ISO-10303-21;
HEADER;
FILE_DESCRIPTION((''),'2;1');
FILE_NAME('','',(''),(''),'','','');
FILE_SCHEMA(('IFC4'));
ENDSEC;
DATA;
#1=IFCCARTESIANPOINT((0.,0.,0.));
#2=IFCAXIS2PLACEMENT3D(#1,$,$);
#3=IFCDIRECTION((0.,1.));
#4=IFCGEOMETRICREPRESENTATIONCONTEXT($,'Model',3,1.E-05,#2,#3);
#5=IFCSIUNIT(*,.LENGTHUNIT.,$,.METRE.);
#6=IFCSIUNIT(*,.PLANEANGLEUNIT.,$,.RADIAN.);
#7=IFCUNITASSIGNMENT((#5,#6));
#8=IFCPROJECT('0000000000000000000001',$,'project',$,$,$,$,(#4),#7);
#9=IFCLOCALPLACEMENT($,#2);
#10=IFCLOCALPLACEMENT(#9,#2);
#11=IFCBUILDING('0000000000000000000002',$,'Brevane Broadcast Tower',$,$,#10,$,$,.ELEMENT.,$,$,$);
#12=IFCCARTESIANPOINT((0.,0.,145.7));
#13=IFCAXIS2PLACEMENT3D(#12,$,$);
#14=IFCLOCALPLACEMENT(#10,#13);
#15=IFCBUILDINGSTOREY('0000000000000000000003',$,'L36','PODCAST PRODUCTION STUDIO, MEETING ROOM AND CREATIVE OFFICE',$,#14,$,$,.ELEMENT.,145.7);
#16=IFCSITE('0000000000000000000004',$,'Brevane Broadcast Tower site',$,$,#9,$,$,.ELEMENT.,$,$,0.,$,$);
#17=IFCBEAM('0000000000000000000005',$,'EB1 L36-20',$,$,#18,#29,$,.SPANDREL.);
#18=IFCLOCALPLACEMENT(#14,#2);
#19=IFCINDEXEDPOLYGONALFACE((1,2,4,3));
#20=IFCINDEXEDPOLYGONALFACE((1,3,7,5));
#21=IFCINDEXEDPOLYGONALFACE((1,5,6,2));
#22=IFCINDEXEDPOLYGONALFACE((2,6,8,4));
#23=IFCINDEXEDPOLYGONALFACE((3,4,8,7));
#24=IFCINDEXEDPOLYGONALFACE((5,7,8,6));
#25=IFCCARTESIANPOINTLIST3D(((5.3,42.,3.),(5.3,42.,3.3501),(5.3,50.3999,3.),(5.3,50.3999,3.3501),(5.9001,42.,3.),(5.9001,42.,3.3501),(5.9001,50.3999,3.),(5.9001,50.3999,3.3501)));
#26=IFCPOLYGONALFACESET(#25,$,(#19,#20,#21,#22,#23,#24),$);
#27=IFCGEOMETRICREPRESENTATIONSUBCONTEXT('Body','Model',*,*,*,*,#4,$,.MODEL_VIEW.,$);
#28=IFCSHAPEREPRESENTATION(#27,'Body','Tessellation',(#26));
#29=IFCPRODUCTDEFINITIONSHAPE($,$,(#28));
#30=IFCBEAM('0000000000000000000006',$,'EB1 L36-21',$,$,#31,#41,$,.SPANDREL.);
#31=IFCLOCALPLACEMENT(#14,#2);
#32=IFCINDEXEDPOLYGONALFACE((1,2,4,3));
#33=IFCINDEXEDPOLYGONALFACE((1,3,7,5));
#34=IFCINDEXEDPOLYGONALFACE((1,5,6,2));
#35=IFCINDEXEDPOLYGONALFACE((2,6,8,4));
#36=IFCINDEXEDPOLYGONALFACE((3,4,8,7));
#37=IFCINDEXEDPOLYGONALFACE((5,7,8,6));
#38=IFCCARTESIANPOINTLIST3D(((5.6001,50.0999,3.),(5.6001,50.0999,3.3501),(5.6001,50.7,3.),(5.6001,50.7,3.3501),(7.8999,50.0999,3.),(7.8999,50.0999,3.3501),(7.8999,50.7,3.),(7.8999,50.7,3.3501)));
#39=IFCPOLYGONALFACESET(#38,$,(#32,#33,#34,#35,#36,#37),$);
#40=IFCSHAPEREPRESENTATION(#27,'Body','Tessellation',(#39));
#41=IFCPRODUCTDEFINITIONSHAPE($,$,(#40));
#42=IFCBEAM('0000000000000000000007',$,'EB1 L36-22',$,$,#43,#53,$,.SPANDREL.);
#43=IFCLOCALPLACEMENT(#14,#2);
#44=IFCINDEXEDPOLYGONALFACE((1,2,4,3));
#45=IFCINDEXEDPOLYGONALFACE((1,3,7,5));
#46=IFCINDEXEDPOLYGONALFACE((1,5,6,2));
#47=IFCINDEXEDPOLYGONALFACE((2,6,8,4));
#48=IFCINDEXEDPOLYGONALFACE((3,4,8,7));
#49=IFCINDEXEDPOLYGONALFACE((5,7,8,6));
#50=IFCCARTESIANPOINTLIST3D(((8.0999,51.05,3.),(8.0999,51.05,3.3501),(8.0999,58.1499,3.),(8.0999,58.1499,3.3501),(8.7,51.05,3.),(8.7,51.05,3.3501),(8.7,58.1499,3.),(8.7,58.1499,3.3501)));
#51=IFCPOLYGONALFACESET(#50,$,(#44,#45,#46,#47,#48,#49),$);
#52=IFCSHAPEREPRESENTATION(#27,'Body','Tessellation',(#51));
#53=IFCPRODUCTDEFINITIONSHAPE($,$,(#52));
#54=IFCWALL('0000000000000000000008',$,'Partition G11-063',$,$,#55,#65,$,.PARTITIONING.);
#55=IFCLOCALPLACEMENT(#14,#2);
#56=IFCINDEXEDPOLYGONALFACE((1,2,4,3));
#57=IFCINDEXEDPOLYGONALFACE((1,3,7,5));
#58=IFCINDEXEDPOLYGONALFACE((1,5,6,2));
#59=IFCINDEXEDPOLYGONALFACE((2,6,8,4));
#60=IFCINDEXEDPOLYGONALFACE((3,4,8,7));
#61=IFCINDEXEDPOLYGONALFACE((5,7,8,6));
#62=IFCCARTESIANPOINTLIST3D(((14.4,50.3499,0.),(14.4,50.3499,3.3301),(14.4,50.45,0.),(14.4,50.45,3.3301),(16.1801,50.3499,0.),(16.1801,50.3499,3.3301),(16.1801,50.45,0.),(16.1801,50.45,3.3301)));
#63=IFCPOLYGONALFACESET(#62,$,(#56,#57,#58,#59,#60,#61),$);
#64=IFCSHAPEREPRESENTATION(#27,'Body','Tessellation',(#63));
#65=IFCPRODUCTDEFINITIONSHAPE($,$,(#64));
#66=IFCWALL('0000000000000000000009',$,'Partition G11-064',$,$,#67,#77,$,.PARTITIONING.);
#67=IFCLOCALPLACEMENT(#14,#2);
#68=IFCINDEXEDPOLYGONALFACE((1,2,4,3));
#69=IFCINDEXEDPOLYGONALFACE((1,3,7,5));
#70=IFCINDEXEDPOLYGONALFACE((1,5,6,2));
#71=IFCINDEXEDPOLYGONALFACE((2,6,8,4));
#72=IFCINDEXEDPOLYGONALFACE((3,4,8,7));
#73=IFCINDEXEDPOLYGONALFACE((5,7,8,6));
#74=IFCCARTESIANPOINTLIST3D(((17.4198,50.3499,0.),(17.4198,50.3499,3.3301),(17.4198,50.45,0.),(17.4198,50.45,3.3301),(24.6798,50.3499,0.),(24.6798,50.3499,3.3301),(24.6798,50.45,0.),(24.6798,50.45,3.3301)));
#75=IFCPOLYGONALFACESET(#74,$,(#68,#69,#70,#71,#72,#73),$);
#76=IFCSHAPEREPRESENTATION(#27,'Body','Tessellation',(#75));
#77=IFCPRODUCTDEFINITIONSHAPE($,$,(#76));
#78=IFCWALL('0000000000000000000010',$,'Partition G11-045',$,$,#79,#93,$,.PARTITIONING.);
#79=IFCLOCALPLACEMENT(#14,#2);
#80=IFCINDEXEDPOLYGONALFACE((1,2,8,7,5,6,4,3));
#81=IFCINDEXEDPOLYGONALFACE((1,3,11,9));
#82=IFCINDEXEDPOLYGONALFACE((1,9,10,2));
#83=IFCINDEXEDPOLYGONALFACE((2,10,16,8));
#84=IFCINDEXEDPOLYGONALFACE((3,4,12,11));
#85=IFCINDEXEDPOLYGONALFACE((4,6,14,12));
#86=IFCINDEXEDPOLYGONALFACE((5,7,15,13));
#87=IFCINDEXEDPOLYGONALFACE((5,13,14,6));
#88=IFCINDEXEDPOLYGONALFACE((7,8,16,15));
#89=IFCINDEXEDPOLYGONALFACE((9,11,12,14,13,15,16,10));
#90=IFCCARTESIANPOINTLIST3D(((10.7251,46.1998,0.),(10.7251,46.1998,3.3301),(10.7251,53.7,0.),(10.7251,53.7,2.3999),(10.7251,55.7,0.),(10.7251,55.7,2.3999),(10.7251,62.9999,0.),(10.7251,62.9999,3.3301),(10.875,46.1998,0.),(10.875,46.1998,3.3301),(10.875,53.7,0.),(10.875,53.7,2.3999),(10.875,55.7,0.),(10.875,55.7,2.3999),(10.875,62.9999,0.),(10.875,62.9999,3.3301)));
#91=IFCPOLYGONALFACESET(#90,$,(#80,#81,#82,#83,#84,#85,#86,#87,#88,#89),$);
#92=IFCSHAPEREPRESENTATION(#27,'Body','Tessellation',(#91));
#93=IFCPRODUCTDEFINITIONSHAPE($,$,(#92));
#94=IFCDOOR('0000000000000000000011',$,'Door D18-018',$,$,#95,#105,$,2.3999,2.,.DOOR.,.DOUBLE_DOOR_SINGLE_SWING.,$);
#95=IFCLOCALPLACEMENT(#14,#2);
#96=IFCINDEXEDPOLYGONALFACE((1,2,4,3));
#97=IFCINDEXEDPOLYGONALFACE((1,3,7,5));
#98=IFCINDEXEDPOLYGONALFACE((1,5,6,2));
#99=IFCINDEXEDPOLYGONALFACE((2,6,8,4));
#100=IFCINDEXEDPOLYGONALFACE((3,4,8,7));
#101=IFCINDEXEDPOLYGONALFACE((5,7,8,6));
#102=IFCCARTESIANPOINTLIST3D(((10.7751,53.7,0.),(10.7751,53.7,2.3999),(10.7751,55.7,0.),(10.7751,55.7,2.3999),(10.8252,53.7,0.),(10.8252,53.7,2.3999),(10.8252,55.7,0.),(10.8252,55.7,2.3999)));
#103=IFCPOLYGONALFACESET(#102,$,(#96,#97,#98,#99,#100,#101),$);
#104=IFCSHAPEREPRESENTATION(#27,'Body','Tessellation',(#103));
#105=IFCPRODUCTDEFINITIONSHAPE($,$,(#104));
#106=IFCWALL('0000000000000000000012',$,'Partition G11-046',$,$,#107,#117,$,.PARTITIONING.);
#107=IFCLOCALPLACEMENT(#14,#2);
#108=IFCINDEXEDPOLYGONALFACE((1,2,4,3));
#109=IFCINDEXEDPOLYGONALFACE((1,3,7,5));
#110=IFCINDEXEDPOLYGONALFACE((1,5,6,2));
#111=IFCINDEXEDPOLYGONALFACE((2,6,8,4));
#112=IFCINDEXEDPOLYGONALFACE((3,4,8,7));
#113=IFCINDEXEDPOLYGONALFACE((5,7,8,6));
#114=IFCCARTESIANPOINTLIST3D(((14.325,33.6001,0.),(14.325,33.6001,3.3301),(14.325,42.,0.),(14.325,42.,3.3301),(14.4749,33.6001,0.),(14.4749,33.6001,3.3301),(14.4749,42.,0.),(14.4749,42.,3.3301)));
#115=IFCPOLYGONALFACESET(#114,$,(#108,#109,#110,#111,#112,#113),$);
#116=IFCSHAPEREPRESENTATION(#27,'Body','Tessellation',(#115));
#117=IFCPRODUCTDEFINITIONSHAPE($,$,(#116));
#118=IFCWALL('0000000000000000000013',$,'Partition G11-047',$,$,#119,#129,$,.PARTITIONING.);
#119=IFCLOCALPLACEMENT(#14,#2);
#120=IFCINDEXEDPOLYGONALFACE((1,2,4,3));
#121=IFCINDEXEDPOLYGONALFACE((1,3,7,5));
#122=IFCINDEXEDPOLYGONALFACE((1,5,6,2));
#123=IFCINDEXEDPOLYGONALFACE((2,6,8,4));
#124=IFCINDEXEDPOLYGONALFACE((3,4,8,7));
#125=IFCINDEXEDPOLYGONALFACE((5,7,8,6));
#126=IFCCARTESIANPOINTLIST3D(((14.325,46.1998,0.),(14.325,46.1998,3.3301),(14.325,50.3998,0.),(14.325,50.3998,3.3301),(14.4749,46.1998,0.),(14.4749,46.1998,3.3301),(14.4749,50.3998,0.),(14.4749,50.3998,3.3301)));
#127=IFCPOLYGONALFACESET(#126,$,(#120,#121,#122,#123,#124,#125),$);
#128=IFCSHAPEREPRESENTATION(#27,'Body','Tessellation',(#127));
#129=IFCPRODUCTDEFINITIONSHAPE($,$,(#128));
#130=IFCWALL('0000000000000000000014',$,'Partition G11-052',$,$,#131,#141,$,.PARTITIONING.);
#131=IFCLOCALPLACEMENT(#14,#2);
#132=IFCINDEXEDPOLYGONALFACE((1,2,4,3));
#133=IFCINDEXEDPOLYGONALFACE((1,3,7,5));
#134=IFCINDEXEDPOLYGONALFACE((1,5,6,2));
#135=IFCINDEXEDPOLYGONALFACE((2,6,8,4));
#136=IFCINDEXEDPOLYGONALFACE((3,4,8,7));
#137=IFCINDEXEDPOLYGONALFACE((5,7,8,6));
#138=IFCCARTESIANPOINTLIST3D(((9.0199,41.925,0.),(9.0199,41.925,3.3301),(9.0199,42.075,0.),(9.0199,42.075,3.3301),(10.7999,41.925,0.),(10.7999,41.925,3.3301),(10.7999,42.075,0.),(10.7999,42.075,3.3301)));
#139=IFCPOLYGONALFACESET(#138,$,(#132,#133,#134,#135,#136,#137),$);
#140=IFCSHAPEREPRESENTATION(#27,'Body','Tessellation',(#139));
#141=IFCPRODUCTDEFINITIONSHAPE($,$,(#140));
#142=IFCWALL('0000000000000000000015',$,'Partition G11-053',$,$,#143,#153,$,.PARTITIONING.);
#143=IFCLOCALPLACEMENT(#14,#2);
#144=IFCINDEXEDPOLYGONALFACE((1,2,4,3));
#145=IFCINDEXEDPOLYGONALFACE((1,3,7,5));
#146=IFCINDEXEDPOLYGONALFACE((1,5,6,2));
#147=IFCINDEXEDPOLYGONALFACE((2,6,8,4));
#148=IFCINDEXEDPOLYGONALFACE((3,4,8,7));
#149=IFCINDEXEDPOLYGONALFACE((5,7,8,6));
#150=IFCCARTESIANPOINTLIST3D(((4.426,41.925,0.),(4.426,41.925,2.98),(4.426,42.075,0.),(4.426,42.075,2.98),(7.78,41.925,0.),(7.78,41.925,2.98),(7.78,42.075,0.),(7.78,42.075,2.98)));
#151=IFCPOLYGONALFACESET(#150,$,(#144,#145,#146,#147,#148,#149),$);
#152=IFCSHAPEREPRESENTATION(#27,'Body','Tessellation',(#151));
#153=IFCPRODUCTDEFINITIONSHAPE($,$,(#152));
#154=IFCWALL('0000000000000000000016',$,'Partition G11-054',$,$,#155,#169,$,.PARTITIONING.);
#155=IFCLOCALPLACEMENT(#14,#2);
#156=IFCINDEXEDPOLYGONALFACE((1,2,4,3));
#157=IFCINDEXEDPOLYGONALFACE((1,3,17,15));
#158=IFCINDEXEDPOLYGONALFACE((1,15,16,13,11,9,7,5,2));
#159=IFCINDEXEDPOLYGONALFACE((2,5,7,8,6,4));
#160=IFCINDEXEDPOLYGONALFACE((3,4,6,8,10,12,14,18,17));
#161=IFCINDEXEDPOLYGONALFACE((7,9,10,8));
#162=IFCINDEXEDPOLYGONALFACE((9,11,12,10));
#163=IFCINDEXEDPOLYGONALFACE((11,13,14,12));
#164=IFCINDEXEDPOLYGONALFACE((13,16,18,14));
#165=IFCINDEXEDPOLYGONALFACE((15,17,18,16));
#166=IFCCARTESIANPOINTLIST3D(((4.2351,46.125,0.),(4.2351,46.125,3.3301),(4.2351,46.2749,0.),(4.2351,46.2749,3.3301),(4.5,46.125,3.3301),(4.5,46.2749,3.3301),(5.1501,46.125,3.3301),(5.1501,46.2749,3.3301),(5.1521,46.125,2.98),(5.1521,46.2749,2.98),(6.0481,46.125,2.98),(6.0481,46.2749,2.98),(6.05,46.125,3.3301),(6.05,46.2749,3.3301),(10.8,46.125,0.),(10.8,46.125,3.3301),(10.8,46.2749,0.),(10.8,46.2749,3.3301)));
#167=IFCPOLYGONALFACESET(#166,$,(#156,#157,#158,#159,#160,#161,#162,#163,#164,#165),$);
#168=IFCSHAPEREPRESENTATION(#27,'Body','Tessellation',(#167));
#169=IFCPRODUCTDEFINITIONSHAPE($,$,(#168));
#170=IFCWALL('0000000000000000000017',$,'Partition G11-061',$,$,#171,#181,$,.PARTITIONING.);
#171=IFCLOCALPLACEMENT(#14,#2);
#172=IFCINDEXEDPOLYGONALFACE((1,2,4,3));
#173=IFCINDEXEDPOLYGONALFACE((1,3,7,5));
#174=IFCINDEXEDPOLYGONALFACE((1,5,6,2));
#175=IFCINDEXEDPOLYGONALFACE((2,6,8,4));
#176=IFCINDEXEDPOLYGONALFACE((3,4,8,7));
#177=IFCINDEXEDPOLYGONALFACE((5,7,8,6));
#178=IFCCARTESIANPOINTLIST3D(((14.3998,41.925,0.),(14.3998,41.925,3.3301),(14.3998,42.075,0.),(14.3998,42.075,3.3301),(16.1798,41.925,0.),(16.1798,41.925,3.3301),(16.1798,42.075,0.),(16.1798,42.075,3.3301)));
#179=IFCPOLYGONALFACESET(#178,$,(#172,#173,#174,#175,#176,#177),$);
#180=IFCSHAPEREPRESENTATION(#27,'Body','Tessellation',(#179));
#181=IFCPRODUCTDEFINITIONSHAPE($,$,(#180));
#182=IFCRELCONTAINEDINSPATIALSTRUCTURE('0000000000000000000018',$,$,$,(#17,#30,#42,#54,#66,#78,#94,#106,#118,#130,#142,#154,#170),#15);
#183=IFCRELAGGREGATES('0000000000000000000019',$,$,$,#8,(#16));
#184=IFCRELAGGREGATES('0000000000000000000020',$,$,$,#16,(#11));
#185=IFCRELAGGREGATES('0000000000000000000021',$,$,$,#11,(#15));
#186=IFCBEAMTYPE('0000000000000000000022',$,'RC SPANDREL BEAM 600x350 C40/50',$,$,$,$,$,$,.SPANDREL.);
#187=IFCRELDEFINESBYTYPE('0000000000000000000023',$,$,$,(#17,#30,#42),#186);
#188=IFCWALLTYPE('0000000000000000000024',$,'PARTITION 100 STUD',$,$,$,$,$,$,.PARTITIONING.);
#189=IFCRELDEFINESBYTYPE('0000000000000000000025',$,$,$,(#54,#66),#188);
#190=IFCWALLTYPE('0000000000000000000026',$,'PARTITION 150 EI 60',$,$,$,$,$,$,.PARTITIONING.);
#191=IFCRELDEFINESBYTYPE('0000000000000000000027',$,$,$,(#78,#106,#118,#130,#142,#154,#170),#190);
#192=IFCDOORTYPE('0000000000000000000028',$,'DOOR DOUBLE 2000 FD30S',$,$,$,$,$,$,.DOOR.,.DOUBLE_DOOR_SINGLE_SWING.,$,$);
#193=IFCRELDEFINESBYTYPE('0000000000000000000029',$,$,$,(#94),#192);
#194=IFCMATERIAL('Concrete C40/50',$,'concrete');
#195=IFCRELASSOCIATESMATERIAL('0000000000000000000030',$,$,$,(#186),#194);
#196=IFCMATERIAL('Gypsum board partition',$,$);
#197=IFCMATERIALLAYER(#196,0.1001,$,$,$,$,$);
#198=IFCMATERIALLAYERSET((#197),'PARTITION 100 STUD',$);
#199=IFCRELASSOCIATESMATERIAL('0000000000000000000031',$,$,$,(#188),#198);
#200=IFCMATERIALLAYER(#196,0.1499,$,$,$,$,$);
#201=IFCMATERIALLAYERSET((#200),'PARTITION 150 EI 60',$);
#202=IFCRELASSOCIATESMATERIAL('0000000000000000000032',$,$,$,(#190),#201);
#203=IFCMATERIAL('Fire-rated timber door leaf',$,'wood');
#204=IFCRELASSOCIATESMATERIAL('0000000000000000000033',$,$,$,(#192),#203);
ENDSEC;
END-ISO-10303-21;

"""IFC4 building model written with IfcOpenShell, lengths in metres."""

from ifc_helpers import new_model, si_unit, direction, frame, frame_2d, origin, origin_2d, place, context, subcontext, project, spatial, polyline, rectangle, outline, extrude, material, layer, layer_set, material_profile, profile_set, type_object, element, fill, save


model = new_model("IFC4")

# Units and contexts
model_context = context("Model", 3, precision=1e-05, world=origin(), true_north=direction((0.0, 1.0)))
body_context = subcontext(model_context, "Body", "Model", "MODEL_VIEW")
ifc_project = project(units=[si_unit("LENGTHUNIT", "METRE"), si_unit("PLANEANGLEUNIT", "RADIAN")], contexts=[model_context])

# Site, building, storey
site_placement = place(None, origin())
site = spatial("IfcSite", under=ifc_project, at=site_placement, Name="Brevane Broadcast Tower site", CompositionType="ELEMENT", RefElevation=0.0)
building_placement = place(site_placement, origin())
building = spatial("IfcBuilding", under=site, at=building_placement, Name="Brevane Broadcast Tower", CompositionType="ELEMENT")
storey_placement = place(building_placement, frame((0.0, 0.0, 145.7)))
storey = spatial("IfcBuildingStorey", under=building, at=storey_placement, Name="L36", Description="PODCAST PRODUCTION STUDIO, MEETING ROOM AND CREATIVE OFFICE", CompositionType="ELEMENT", Elevation=145.7)

# Beams
ifc_material_1 = material(Name="Concrete C40/50", Category="concrete")
ifc_material_profile_1 = material_profile(ifc_material_1, rectangle(XDim=0.6001, YDim=0.3501, at=origin_2d()), Name="RC 600x350")
ifc_profile_set_1 = profile_set([ifc_material_profile_1], Name="Concrete C40/50")
beam_type_1 = type_object("IfcBeamType", Name="RC SPANDREL BEAM 600x350 C40/50", PredefinedType="SPANDREL", material=ifc_profile_set_1)
beam_1_placement = place(storey_placement, frame((5.6001, 42.0, 3.175), z_axis=(0.0, 1.0, 0.0), x_axis=(-1.0, 0.0, 0.0)))
element("IfcBeam", 1, at=beam_1_placement, inside=storey, type_object=beam_type_1, Name="EB1 L36-20", PredefinedType="SPANDREL", context=body_context, shape_type="SweptSolid", body=[
    extrude(rectangle(XDim=0.6001, YDim=0.3501, at=origin_2d()), origin(), (0.0, 0.0, 1.0), 8.3999),
])
beam_2_placement = place(storey_placement, frame((5.6001, 50.3999, 3.175), z_axis=(1.0, 0.0, 0.0), x_axis=(0.0, 1.0, 0.0)))
element("IfcBeam", 2, at=beam_2_placement, inside=storey, type_object=beam_type_1, Name="EB1 L36-21", PredefinedType="SPANDREL", context=body_context, shape_type="SweptSolid", body=[
    extrude(rectangle(XDim=0.6001, YDim=0.3501, at=origin_2d()), origin(), (0.0, 0.0, 1.0), 2.2998),
])
beam_3_placement = place(storey_placement, frame((8.3999, 51.05, 3.175), z_axis=(0.0, 1.0, 0.0), x_axis=(-1.0, 0.0, 0.0)))
element("IfcBeam", 3, at=beam_3_placement, inside=storey, type_object=beam_type_1, Name="EB1 L36-22", PredefinedType="SPANDREL", context=body_context, shape_type="SweptSolid", body=[
    extrude(rectangle(XDim=0.6001, YDim=0.3501, at=origin_2d()), origin(), (0.0, 0.0, 1.0), 7.0999),
])

# Walls
ifc_material_2 = material(Name="Gypsum board partition")
ifc_layer_1 = layer(ifc_material_2, 0.1001)
ifc_layer_set_1 = layer_set([ifc_layer_1], Name="PARTITION 100 STUD")
wall_type_1 = type_object("IfcWallType", Name="PARTITION 100 STUD", PredefinedType="PARTITIONING", material=ifc_layer_set_1)
wall_1_placement = place(storey_placement, frame((14.3999, 50.3999, 0.0), z_axis=(0.0, 0.0, 1.0), x_axis=(1.0, 0.0, 0.0)))
element("IfcWall", 4, at=wall_1_placement, inside=storey, type_object=wall_type_1, Name="Partition G11-063", PredefinedType="PARTITIONING", context=body_context, shape_type="SweptSolid", body=[
    extrude(rectangle(XDim=1.78, YDim=0.1001, at=frame_2d((0.8901, 0.0))), origin(), (0.0, 0.0, 1.0), 3.3301),
])
wall_2_placement = place(storey_placement, frame((17.4199, 50.3999, 0.0), z_axis=(0.0, 0.0, 1.0), x_axis=(1.0, 0.0, 0.0)))
element("IfcWall", 5, at=wall_2_placement, inside=storey, type_object=wall_type_1, Name="Partition G11-064", PredefinedType="PARTITIONING", context=body_context, shape_type="SweptSolid", body=[
    extrude(rectangle(XDim=7.26, YDim=0.1001, at=frame_2d((3.6299, 0.0))), origin(), (0.0, 0.0, 1.0), 3.3301),
])

# Wall, opening, door
ifc_layer_2 = layer(ifc_material_2, 0.1499)
ifc_layer_set_2 = layer_set([ifc_layer_2], Name="PARTITION 150 EI 60")
wall_type_2 = type_object("IfcWallType", Name="PARTITION 150 EI 60", PredefinedType="PARTITIONING", material=ifc_layer_set_2)
wall_3_placement = place(storey_placement, frame((10.8, 46.2, 0.0), z_axis=(0.0, 0.0, 1.0), x_axis=(0.0, 1.0, 0.0)))
wall_3 = element("IfcWall", 6, at=wall_3_placement, inside=storey, type_object=wall_type_2, Name="Partition G11-045", PredefinedType="PARTITIONING", context=body_context, shape_type="SweptSolid", body=[
    extrude(rectangle(XDim=16.8, YDim=0.1499, at=frame_2d((8.3999, 0.0))), origin(), (0.0, 0.0, 1.0), 3.3301),
])
opening_1_placement = place(wall_3_placement, frame((7.5, 0.0, 0.0)))
opening_1 = element("IfcOpeningElement", 7, at=opening_1_placement, cuts=wall_3, PredefinedType="OPENING", context=body_context, shape_type="SweptSolid", body=[
    extrude(rectangle(XDim=2.0, YDim=2.3999, at=frame_2d((1.0, 1.2))), frame((0.0, 0.085, 0.0), z_axis=(0.0, -1.0, 0.0), x_axis=(1.0, 0.0, 0.0)), (0.0, 0.0, 1.0), 0.1699),
])
ifc_material_3 = material(Name="Fire-rated timber door leaf", Category="wood")
door_type_1 = type_object("IfcDoorType", Name="DOOR DOUBLE 2000 FD30S", OperationType="DOUBLE_DOOR_SINGLE_SWING", PredefinedType="DOOR", material=ifc_material_3)
door_1_placement = place(opening_1_placement, origin())
door_1 = element("IfcDoor", 8, at=door_1_placement, inside=storey, type_object=door_type_1, Name="Door D18-018", OperationType="DOUBLE_DOOR_SINGLE_SWING", OverallHeight=2.3999, OverallWidth=2.0, PredefinedType="DOOR", context=body_context, shape_type="SweptSolid", body=[
    extrude(rectangle(XDim=2.0, YDim=2.3999, at=frame_2d((1.0, 1.2))), frame((0.0, 0.0249, 0.0), z_axis=(0.0, -1.0, 0.0), x_axis=(1.0, 0.0, 0.0)), (0.0, 0.0, 1.0), 0.05),
])
fill(opening_1, door_1)

# Walls
wall_4_placement = place(storey_placement, frame((14.3999, 42.0, 0.0), z_axis=(0.0, 0.0, 1.0), x_axis=(0.0, -1.0, 0.0)))
element("IfcWall", 9, at=wall_4_placement, inside=storey, type_object=wall_type_2, Name="Partition G11-046", PredefinedType="PARTITIONING", context=body_context, shape_type="SweptSolid", body=[
    extrude(rectangle(XDim=8.3999, YDim=0.1499, at=frame_2d((4.2, 0.0))), origin(), (0.0, 0.0, 1.0), 3.3301),
])
wall_5_placement = place(storey_placement, frame((14.3999, 50.3999, 0.0), z_axis=(0.0, 0.0, 1.0), x_axis=(0.0, -1.0, 0.0)))
element("IfcWall", 10, at=wall_5_placement, inside=storey, type_object=wall_type_2, Name="Partition G11-047", PredefinedType="PARTITIONING", context=body_context, shape_type="SweptSolid", body=[
    extrude(rectangle(XDim=4.2, YDim=0.1499, at=frame_2d((2.1001, 0.0))), origin(), (0.0, 0.0, 1.0), 3.3301),
])
wall_6_placement = place(storey_placement, frame((10.8, 42.0, 0.0), z_axis=(0.0, 0.0, 1.0), x_axis=(-1.0, 0.0, 0.0)))
element("IfcWall", 11, at=wall_6_placement, inside=storey, type_object=wall_type_2, Name="Partition G11-052", PredefinedType="PARTITIONING", context=body_context, shape_type="SweptSolid", body=[
    extrude(rectangle(XDim=1.78, YDim=0.1499, at=frame_2d((0.8901, 0.0))), origin(), (0.0, 0.0, 1.0), 3.3301),
])
wall_7_placement = place(storey_placement, frame((7.78, 42.0, 0.0), z_axis=(0.0, 0.0, 1.0), x_axis=(-1.0, 0.0, 0.0)))
element("IfcWall", 12, at=wall_7_placement, inside=storey, type_object=wall_type_2, Name="Partition G11-053", PredefinedType="PARTITIONING", context=body_context, shape_type="SweptSolid", body=[
    extrude(rectangle(XDim=3.354, YDim=0.1499, at=frame_2d((1.677, 0.0))), origin(), (0.0, 0.0, 1.0), 2.98),
])
wall_8_placement = place(storey_placement, frame((4.2351, 46.2, 0.0), z_axis=(0.0, 0.0, 1.0), x_axis=(1.0, 0.0, 0.0)))
element("IfcWall", 13, at=wall_8_placement, inside=storey, type_object=wall_type_2, Name="Partition G11-054", PredefinedType="PARTITIONING", context=body_context, shape_type="SweptSolid", body=[
    extrude(outline(polyline([(0.0, 0.0), (6.5649, 0.0), (6.5649, 3.3301), (1.8149, 3.3301), (1.813, 2.98), (0.917, 2.98), (0.915, 3.3301), (0.2649, 3.3301), (0.0, 3.3301), (0.0, 0.0)])), frame((0.0, 0.075, 0.0), z_axis=(0.0, -1.0, 0.0), x_axis=(1.0, 0.0, 0.0)), (0.0, 0.0, 1.0), 0.1499),
])
wall_9_placement = place(storey_placement, frame((16.1799, 42.0, 0.0), z_axis=(0.0, 0.0, 1.0), x_axis=(-1.0, 0.0, 0.0)))
element("IfcWall", 14, at=wall_9_placement, inside=storey, type_object=wall_type_2, Name="Partition G11-061", PredefinedType="PARTITIONING", context=body_context, shape_type="SweptSolid", body=[
    extrude(rectangle(XDim=1.78, YDim=0.1499, at=frame_2d((0.8901, 0.0))), origin(), (0.0, 0.0, 1.0), 3.3301),
])

save(model, "model.ifc")
